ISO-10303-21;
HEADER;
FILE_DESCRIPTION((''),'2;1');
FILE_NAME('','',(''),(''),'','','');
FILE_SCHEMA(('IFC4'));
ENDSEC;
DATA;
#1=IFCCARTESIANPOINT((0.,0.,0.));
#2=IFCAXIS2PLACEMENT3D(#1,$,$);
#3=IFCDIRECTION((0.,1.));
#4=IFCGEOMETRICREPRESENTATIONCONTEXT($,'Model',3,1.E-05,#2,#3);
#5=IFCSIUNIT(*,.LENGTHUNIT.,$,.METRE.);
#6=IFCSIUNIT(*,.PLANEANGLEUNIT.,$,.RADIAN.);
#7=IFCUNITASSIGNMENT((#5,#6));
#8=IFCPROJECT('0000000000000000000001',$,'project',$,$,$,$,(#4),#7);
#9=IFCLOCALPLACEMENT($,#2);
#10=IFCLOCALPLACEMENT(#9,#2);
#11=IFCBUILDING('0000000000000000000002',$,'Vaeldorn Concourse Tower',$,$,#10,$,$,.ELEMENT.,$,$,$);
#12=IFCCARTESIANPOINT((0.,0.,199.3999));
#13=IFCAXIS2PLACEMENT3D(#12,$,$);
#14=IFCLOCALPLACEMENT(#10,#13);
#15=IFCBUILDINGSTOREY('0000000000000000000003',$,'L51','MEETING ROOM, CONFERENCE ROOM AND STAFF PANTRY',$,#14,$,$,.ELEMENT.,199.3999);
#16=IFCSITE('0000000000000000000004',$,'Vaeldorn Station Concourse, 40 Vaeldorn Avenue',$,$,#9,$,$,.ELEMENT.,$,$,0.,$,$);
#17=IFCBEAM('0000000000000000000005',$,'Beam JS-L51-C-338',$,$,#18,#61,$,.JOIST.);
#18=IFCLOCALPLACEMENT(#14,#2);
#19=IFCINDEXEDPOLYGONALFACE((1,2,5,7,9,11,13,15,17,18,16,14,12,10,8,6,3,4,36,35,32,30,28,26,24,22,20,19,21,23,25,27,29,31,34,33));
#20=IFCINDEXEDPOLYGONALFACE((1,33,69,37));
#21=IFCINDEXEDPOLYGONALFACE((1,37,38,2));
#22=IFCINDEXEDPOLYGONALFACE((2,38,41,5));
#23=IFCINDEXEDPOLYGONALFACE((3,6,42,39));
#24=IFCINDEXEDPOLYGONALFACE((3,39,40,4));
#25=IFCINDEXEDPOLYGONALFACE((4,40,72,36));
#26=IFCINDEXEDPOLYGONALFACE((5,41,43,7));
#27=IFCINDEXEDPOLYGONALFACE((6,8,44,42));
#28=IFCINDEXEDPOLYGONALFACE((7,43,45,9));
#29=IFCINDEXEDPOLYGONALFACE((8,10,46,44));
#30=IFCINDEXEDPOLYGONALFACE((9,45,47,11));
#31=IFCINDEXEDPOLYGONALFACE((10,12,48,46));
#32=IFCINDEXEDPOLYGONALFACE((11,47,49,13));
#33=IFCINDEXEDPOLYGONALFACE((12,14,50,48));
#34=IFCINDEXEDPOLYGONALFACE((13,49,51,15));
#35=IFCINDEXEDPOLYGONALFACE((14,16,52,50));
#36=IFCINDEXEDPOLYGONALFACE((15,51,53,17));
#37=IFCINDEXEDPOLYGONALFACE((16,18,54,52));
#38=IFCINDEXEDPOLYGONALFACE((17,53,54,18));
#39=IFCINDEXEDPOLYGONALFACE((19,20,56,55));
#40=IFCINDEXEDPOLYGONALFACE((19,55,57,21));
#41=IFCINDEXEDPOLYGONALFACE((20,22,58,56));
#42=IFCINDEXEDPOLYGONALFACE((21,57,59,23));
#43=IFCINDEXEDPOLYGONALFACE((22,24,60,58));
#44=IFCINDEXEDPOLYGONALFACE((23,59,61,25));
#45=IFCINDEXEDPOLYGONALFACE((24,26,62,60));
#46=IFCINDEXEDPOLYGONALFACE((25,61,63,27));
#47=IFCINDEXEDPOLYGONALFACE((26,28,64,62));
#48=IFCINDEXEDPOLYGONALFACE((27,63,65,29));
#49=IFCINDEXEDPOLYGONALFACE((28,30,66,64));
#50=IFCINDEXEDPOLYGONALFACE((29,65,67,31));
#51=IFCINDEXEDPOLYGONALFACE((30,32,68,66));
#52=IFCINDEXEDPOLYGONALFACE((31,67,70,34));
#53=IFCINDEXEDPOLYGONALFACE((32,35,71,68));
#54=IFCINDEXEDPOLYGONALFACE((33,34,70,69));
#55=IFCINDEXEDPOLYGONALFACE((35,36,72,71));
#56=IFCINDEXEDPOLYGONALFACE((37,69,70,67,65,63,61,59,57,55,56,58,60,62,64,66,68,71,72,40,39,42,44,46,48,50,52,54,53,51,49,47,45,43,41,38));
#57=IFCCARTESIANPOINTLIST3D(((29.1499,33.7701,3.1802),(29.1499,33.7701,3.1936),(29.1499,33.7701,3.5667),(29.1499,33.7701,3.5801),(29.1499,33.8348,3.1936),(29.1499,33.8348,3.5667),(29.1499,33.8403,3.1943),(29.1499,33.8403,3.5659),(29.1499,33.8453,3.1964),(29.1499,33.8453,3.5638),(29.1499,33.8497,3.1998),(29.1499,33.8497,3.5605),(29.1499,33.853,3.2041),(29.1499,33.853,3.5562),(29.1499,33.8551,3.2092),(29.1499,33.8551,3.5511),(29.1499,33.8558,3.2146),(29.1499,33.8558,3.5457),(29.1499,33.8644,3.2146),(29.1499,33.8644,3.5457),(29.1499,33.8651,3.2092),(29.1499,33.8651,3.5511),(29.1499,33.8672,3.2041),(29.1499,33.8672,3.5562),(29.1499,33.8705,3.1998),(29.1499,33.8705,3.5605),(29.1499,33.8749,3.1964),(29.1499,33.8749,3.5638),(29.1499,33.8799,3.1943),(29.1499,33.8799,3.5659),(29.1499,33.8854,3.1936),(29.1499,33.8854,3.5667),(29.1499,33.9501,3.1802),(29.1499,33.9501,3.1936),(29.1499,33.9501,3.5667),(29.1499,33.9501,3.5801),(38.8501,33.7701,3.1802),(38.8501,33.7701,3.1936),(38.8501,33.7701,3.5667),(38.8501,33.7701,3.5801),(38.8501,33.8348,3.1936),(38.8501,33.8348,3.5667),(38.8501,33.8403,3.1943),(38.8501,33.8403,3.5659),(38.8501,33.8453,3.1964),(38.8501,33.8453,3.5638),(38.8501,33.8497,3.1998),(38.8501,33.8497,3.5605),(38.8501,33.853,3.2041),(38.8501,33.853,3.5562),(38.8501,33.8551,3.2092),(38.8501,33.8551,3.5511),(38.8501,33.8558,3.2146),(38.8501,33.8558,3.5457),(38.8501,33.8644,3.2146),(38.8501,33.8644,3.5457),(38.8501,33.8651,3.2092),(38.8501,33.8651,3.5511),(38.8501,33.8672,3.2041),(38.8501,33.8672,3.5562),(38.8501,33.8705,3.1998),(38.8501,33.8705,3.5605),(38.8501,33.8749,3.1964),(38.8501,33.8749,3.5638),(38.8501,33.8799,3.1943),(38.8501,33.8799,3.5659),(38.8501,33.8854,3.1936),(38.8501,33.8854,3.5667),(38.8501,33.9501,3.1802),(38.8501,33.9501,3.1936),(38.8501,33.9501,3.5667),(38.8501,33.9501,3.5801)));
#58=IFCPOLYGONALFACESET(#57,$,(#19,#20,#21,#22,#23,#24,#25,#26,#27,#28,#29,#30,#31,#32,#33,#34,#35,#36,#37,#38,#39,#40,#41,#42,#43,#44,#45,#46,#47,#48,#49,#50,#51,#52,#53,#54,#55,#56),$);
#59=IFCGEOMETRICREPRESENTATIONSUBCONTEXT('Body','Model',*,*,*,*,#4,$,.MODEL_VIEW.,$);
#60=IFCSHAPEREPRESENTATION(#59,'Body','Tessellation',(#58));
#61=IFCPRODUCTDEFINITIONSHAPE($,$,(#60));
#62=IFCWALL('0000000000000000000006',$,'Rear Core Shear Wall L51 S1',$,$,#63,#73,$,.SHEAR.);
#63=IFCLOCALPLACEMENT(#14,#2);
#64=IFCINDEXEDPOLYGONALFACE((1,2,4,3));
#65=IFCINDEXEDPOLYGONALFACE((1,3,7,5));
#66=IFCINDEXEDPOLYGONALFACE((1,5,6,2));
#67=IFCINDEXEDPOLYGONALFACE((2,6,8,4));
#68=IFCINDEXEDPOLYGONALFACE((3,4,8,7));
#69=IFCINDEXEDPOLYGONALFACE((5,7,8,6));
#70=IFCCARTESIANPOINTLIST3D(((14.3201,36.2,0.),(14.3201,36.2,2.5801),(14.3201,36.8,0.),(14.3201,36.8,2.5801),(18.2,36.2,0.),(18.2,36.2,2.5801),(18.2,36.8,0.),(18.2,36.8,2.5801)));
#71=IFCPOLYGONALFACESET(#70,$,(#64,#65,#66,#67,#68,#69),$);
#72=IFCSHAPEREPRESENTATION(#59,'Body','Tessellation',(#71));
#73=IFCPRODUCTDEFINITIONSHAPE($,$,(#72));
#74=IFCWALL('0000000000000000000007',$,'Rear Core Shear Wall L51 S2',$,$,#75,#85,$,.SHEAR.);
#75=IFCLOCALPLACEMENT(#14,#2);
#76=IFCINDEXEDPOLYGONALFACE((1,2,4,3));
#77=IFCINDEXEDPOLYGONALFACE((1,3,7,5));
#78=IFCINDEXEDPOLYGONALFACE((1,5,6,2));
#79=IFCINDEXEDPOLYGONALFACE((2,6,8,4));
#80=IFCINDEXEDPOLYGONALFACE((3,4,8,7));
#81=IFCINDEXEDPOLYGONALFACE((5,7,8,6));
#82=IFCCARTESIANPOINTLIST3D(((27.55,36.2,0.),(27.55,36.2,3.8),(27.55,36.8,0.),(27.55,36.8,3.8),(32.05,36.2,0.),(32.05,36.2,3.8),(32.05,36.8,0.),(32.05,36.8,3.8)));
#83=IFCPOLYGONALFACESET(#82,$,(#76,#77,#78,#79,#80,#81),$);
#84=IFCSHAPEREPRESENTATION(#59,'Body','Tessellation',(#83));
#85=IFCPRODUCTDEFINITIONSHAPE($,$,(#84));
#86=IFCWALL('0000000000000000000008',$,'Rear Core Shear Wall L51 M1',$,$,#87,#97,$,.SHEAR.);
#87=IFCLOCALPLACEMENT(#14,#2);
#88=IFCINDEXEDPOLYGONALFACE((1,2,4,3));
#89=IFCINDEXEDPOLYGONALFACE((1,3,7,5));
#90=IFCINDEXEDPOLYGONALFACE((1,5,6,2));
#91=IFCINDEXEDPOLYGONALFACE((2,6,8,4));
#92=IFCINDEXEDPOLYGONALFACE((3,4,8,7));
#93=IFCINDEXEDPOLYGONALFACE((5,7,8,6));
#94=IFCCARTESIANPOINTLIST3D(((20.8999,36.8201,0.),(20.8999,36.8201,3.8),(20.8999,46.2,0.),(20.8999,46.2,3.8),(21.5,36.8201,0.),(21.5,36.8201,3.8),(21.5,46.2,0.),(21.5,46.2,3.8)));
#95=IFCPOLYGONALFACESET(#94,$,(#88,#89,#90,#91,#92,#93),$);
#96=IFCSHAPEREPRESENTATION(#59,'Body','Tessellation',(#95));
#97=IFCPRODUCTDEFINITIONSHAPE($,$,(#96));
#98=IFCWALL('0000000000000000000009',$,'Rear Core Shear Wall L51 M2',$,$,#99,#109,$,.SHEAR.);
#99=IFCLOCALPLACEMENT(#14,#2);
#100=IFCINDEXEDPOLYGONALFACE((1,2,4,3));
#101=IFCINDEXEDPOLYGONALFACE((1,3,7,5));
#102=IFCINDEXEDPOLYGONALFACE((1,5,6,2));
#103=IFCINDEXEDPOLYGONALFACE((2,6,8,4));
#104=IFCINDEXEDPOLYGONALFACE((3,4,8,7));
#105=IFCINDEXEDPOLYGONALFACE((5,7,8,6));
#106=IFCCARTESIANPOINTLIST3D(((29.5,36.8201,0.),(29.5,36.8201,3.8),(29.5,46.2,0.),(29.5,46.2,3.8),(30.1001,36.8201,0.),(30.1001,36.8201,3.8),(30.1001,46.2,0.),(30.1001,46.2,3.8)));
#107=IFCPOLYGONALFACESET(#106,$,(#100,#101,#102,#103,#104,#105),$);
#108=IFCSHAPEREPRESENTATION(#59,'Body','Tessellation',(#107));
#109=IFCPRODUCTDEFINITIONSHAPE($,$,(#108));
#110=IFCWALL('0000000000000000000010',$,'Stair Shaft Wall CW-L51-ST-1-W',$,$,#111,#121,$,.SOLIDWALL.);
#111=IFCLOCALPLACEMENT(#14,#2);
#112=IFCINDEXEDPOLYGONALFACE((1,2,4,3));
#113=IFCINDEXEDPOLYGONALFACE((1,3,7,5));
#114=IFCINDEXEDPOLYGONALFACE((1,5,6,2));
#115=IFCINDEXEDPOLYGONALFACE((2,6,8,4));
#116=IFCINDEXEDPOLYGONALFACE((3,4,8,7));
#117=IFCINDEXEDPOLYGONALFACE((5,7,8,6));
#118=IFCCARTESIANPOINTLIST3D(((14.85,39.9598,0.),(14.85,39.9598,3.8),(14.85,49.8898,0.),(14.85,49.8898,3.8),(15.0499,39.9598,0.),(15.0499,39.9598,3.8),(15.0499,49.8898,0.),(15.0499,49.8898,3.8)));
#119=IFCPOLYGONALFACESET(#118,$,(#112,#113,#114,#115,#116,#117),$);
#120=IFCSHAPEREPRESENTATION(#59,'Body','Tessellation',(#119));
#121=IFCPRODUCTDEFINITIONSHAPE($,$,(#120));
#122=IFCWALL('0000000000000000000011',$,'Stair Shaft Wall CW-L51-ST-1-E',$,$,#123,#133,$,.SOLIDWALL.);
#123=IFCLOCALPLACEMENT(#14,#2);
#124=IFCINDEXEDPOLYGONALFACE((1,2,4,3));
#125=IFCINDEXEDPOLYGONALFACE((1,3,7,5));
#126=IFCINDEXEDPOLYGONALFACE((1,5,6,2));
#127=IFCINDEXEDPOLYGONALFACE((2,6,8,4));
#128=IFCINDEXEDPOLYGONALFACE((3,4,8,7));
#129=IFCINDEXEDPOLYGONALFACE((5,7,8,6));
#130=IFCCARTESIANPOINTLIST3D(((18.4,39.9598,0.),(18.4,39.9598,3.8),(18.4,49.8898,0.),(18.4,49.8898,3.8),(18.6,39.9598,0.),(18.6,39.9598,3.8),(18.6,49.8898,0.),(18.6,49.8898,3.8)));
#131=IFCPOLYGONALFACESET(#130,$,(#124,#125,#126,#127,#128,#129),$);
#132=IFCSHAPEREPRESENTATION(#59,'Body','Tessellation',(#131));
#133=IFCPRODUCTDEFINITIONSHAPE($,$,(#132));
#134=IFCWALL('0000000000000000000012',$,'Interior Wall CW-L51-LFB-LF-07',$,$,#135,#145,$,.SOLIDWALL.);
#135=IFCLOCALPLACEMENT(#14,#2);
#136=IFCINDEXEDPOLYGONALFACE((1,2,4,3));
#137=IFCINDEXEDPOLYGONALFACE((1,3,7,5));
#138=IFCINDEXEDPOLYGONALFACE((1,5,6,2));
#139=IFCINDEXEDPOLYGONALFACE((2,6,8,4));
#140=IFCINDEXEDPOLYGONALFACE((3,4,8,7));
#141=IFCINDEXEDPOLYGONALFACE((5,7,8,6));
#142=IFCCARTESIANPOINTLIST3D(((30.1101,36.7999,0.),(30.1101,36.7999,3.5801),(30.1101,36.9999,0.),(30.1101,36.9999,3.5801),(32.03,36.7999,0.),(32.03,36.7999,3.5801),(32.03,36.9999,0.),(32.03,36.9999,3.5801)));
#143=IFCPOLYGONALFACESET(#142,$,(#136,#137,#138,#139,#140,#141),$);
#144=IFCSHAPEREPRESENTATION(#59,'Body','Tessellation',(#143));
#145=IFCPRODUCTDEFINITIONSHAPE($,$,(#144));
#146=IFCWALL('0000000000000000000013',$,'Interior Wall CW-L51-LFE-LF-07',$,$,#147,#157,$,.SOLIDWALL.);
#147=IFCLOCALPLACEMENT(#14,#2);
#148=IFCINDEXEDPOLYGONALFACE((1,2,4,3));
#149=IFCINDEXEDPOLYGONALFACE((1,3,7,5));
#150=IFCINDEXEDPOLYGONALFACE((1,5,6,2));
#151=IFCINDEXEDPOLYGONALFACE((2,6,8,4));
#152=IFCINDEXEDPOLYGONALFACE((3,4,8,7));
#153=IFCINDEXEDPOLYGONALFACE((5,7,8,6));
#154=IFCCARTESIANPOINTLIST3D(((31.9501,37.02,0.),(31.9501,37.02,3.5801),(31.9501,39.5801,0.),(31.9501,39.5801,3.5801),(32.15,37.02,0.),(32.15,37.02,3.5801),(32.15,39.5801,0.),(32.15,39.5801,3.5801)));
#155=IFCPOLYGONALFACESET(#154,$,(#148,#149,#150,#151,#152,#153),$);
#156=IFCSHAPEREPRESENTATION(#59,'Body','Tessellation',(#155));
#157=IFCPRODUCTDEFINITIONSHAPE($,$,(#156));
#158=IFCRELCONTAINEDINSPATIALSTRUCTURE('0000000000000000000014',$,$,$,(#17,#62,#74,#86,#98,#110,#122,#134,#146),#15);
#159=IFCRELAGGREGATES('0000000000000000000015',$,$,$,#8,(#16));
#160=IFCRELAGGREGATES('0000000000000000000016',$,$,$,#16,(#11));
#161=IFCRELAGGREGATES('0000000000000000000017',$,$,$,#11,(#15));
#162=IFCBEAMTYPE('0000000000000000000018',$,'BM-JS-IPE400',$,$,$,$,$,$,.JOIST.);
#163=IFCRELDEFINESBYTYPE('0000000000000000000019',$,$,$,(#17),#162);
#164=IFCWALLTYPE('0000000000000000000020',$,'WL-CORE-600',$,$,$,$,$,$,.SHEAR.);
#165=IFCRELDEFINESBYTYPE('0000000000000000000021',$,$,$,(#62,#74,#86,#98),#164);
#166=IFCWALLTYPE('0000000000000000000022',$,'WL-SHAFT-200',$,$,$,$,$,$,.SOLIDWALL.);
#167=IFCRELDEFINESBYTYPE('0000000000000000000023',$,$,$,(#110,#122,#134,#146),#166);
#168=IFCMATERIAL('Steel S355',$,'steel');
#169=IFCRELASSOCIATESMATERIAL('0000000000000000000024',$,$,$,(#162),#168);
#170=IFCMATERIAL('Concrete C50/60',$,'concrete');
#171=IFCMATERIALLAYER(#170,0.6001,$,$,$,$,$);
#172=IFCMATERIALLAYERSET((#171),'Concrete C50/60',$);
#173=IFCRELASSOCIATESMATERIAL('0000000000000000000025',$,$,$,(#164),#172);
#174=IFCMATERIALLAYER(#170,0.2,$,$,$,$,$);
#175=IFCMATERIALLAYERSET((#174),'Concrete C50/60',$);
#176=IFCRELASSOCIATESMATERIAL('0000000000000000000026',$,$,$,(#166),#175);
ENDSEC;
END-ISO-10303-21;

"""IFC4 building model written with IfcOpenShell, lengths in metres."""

from ifc_helpers import new_model, si_unit, direction, frame, frame_2d, origin, origin_2d, place, context, subcontext, project, spatial, rectangle, i_section, extrude, source, transform, mapped, material, layer, layer_set, material_profile, profile_set, type_object, element, save


model = new_model("IFC4")

# Units and contexts
model_context = context("Model", 3, precision=1e-05, world=origin(), true_north=direction((0.0, 1.0)))
body_context = subcontext(model_context, "Body", "Model", "MODEL_VIEW")
ifc_project = project(units=[si_unit("LENGTHUNIT", "METRE"), si_unit("PLANEANGLEUNIT", "RADIAN")], contexts=[model_context])

# Site, building, storey
site_placement = place(None, origin())
site = spatial("IfcSite", under=ifc_project, at=site_placement, Name="Vaeldorn Station Concourse, 40 Vaeldorn Avenue", CompositionType="ELEMENT", RefElevation=0.0)
building_placement = place(site_placement, origin())
building = spatial("IfcBuilding", under=site, at=building_placement, Name="Vaeldorn Concourse Tower", CompositionType="ELEMENT")
storey_placement = place(building_placement, frame((0.0, 0.0, 199.3999)))
storey = spatial("IfcBuildingStorey", under=building, at=storey_placement, Name="L51", Description="MEETING ROOM, CONFERENCE ROOM AND STAFF PANTRY", CompositionType="ELEMENT", Elevation=199.3999)

# Beam
ifc_material_1 = material(Name="Steel S355", Category="steel")
ifc_material_profile_1 = material_profile(ifc_material_1, i_section(OverallWidth=0.1799, OverallDepth=0.3999, WebThickness=0.0085, FlangeThickness=0.0134, FilletRadius=0.021, at=origin_2d()), Name="IPE 400")
ifc_profile_set_1 = profile_set([ifc_material_profile_1], Name="Steel S355")
beam_type_1 = type_object("IfcBeamType", Name="BM-JS-IPE400", PredefinedType="JOIST", material=ifc_profile_set_1)
shared_shape_1 = source(origin(), body_context, "Body", "SweptSolid", [
    extrude(i_section(OverallWidth=0.1799, OverallDepth=0.3999, WebThickness=0.0085, FlangeThickness=0.0134, FilletRadius=0.021, at=origin_2d()), origin(), (0.0, 0.0, 1.0), 9.7002),
])
for number, where, z_axis, x_axis, name in (
    (1, (29.1499, 33.8601, 3.3801), (1.0, 0.0, 0.0), (0.0, 1.0, 0.0), "Beam JS-L51-C-338"),
):
    element("IfcBeam", number, at=place(storey_placement, frame(where, z_axis=z_axis, x_axis=x_axis)), inside=storey, type_object=beam_type_1, Name=name, PredefinedType="JOIST", context=body_context, shape_type="MappedRepresentation", body=[
        mapped(shared_shape_1, transform((0.0, 0.0, 0.0), scale=1.0)),
    ])

# Walls
ifc_material_2 = material(Name="Concrete C50/60", Category="concrete")
ifc_layer_1 = layer(ifc_material_2, 0.6001)
ifc_layer_set_1 = layer_set([ifc_layer_1], Name="Concrete C50/60")
wall_type_1 = type_object("IfcWallType", Name="WL-CORE-600", PredefinedType="SHEAR", material=ifc_layer_set_1)
wall_1_placement = place(storey_placement, frame((14.3201, 36.5, 0.0), z_axis=(0.0, 0.0, 1.0), x_axis=(1.0, 0.0, 0.0)))
element("IfcWall", 2, at=wall_1_placement, inside=storey, type_object=wall_type_1, Name="Rear Core Shear Wall L51 S1", PredefinedType="SHEAR", context=body_context, shape_type="SweptSolid", body=[
    extrude(rectangle(XDim=3.8799, YDim=0.6001, at=frame_2d((1.9399, 0.0))), origin(), (0.0, 0.0, 1.0), 2.5801),
])
wall_2_placement = place(storey_placement, frame((27.55, 36.5, 0.0), z_axis=(0.0, 0.0, 1.0), x_axis=(1.0, 0.0, 0.0)))
element("IfcWall", 3, at=wall_2_placement, inside=storey, type_object=wall_type_1, Name="Rear Core Shear Wall L51 S2", PredefinedType="SHEAR", context=body_context, shape_type="SweptSolid", body=[
    extrude(rectangle(XDim=4.5, YDim=0.6001, at=frame_2d((2.25, 0.0))), origin(), (0.0, 0.0, 1.0), 3.8),
])
for number, where, z_axis, x_axis, name in (
    (4, (21.2, 36.8201, 0.0), (0.0, 0.0, 1.0), (0.0, 1.0, 0.0), "Rear Core Shear Wall L51 M1"),
    (5, (29.8, 36.8201, 0.0), (0.0, 0.0, 1.0), (0.0, 1.0, 0.0), "Rear Core Shear Wall L51 M2"),
):
    element("IfcWall", number, at=place(storey_placement, frame(where, z_axis=z_axis, x_axis=x_axis)), inside=storey, type_object=wall_type_1, Name=name, PredefinedType="SHEAR", context=body_context, shape_type="SweptSolid", body=[
        extrude(rectangle(XDim=9.3799, YDim=0.6001, at=frame_2d((4.6899, 0.0))), origin(), (0.0, 0.0, 1.0), 3.8),
    ])

# Shared definitions
ifc_layer_2 = layer(ifc_material_2, 0.2)
ifc_layer_set_2 = layer_set([ifc_layer_2], Name="Concrete C50/60")
wall_type_2 = type_object("IfcWallType", Name="WL-SHAFT-200", PredefinedType="SOLIDWALL", material=ifc_layer_set_2)

# Walls
for number, where, z_axis, x_axis, name in (
    (6, (14.95, 39.96, 0.0), (0.0, 0.0, 1.0), (0.0, 1.0, 0.0), "Stair Shaft Wall CW-L51-ST-1-W"),
    (7, (18.5, 39.96, 0.0), (0.0, 0.0, 1.0), (0.0, 1.0, 0.0), "Stair Shaft Wall CW-L51-ST-1-E"),
):
    element("IfcWall", number, at=place(storey_placement, frame(where, z_axis=z_axis, x_axis=x_axis)), inside=storey, type_object=wall_type_2, Name=name, PredefinedType="SOLIDWALL", context=body_context, shape_type="SweptSolid", body=[
        extrude(rectangle(XDim=9.9299, YDim=0.2, at=frame_2d((4.9648, 0.0))), origin(), (0.0, 0.0, 1.0), 3.8),
    ])

# Walls
wall_3_placement = place(storey_placement, frame((30.1101, 36.8999, 0.0), z_axis=(0.0, 0.0, 1.0), x_axis=(1.0, 0.0, 0.0)))
element("IfcWall", 8, at=wall_3_placement, inside=storey, type_object=wall_type_2, Name="Interior Wall CW-L51-LFB-LF-07", PredefinedType="SOLIDWALL", context=body_context, shape_type="SweptSolid", body=[
    extrude(rectangle(XDim=1.9199, YDim=0.2, at=frame_2d((0.96, 0.0))), origin(), (0.0, 0.0, 1.0), 3.5801),
])
wall_4_placement = place(storey_placement, frame((32.05, 37.02, 0.0), z_axis=(0.0, 0.0, 1.0), x_axis=(0.0, 1.0, 0.0)))
element("IfcWall", 9, at=wall_4_placement, inside=storey, type_object=wall_type_2, Name="Interior Wall CW-L51-LFE-LF-07", PredefinedType="SOLIDWALL", context=body_context, shape_type="SweptSolid", body=[
    extrude(rectangle(XDim=2.5601, YDim=0.2, at=frame_2d((1.28, 0.0))), origin(), (0.0, 0.0, 1.0), 3.5801),
])

save(model, "model.ifc")
